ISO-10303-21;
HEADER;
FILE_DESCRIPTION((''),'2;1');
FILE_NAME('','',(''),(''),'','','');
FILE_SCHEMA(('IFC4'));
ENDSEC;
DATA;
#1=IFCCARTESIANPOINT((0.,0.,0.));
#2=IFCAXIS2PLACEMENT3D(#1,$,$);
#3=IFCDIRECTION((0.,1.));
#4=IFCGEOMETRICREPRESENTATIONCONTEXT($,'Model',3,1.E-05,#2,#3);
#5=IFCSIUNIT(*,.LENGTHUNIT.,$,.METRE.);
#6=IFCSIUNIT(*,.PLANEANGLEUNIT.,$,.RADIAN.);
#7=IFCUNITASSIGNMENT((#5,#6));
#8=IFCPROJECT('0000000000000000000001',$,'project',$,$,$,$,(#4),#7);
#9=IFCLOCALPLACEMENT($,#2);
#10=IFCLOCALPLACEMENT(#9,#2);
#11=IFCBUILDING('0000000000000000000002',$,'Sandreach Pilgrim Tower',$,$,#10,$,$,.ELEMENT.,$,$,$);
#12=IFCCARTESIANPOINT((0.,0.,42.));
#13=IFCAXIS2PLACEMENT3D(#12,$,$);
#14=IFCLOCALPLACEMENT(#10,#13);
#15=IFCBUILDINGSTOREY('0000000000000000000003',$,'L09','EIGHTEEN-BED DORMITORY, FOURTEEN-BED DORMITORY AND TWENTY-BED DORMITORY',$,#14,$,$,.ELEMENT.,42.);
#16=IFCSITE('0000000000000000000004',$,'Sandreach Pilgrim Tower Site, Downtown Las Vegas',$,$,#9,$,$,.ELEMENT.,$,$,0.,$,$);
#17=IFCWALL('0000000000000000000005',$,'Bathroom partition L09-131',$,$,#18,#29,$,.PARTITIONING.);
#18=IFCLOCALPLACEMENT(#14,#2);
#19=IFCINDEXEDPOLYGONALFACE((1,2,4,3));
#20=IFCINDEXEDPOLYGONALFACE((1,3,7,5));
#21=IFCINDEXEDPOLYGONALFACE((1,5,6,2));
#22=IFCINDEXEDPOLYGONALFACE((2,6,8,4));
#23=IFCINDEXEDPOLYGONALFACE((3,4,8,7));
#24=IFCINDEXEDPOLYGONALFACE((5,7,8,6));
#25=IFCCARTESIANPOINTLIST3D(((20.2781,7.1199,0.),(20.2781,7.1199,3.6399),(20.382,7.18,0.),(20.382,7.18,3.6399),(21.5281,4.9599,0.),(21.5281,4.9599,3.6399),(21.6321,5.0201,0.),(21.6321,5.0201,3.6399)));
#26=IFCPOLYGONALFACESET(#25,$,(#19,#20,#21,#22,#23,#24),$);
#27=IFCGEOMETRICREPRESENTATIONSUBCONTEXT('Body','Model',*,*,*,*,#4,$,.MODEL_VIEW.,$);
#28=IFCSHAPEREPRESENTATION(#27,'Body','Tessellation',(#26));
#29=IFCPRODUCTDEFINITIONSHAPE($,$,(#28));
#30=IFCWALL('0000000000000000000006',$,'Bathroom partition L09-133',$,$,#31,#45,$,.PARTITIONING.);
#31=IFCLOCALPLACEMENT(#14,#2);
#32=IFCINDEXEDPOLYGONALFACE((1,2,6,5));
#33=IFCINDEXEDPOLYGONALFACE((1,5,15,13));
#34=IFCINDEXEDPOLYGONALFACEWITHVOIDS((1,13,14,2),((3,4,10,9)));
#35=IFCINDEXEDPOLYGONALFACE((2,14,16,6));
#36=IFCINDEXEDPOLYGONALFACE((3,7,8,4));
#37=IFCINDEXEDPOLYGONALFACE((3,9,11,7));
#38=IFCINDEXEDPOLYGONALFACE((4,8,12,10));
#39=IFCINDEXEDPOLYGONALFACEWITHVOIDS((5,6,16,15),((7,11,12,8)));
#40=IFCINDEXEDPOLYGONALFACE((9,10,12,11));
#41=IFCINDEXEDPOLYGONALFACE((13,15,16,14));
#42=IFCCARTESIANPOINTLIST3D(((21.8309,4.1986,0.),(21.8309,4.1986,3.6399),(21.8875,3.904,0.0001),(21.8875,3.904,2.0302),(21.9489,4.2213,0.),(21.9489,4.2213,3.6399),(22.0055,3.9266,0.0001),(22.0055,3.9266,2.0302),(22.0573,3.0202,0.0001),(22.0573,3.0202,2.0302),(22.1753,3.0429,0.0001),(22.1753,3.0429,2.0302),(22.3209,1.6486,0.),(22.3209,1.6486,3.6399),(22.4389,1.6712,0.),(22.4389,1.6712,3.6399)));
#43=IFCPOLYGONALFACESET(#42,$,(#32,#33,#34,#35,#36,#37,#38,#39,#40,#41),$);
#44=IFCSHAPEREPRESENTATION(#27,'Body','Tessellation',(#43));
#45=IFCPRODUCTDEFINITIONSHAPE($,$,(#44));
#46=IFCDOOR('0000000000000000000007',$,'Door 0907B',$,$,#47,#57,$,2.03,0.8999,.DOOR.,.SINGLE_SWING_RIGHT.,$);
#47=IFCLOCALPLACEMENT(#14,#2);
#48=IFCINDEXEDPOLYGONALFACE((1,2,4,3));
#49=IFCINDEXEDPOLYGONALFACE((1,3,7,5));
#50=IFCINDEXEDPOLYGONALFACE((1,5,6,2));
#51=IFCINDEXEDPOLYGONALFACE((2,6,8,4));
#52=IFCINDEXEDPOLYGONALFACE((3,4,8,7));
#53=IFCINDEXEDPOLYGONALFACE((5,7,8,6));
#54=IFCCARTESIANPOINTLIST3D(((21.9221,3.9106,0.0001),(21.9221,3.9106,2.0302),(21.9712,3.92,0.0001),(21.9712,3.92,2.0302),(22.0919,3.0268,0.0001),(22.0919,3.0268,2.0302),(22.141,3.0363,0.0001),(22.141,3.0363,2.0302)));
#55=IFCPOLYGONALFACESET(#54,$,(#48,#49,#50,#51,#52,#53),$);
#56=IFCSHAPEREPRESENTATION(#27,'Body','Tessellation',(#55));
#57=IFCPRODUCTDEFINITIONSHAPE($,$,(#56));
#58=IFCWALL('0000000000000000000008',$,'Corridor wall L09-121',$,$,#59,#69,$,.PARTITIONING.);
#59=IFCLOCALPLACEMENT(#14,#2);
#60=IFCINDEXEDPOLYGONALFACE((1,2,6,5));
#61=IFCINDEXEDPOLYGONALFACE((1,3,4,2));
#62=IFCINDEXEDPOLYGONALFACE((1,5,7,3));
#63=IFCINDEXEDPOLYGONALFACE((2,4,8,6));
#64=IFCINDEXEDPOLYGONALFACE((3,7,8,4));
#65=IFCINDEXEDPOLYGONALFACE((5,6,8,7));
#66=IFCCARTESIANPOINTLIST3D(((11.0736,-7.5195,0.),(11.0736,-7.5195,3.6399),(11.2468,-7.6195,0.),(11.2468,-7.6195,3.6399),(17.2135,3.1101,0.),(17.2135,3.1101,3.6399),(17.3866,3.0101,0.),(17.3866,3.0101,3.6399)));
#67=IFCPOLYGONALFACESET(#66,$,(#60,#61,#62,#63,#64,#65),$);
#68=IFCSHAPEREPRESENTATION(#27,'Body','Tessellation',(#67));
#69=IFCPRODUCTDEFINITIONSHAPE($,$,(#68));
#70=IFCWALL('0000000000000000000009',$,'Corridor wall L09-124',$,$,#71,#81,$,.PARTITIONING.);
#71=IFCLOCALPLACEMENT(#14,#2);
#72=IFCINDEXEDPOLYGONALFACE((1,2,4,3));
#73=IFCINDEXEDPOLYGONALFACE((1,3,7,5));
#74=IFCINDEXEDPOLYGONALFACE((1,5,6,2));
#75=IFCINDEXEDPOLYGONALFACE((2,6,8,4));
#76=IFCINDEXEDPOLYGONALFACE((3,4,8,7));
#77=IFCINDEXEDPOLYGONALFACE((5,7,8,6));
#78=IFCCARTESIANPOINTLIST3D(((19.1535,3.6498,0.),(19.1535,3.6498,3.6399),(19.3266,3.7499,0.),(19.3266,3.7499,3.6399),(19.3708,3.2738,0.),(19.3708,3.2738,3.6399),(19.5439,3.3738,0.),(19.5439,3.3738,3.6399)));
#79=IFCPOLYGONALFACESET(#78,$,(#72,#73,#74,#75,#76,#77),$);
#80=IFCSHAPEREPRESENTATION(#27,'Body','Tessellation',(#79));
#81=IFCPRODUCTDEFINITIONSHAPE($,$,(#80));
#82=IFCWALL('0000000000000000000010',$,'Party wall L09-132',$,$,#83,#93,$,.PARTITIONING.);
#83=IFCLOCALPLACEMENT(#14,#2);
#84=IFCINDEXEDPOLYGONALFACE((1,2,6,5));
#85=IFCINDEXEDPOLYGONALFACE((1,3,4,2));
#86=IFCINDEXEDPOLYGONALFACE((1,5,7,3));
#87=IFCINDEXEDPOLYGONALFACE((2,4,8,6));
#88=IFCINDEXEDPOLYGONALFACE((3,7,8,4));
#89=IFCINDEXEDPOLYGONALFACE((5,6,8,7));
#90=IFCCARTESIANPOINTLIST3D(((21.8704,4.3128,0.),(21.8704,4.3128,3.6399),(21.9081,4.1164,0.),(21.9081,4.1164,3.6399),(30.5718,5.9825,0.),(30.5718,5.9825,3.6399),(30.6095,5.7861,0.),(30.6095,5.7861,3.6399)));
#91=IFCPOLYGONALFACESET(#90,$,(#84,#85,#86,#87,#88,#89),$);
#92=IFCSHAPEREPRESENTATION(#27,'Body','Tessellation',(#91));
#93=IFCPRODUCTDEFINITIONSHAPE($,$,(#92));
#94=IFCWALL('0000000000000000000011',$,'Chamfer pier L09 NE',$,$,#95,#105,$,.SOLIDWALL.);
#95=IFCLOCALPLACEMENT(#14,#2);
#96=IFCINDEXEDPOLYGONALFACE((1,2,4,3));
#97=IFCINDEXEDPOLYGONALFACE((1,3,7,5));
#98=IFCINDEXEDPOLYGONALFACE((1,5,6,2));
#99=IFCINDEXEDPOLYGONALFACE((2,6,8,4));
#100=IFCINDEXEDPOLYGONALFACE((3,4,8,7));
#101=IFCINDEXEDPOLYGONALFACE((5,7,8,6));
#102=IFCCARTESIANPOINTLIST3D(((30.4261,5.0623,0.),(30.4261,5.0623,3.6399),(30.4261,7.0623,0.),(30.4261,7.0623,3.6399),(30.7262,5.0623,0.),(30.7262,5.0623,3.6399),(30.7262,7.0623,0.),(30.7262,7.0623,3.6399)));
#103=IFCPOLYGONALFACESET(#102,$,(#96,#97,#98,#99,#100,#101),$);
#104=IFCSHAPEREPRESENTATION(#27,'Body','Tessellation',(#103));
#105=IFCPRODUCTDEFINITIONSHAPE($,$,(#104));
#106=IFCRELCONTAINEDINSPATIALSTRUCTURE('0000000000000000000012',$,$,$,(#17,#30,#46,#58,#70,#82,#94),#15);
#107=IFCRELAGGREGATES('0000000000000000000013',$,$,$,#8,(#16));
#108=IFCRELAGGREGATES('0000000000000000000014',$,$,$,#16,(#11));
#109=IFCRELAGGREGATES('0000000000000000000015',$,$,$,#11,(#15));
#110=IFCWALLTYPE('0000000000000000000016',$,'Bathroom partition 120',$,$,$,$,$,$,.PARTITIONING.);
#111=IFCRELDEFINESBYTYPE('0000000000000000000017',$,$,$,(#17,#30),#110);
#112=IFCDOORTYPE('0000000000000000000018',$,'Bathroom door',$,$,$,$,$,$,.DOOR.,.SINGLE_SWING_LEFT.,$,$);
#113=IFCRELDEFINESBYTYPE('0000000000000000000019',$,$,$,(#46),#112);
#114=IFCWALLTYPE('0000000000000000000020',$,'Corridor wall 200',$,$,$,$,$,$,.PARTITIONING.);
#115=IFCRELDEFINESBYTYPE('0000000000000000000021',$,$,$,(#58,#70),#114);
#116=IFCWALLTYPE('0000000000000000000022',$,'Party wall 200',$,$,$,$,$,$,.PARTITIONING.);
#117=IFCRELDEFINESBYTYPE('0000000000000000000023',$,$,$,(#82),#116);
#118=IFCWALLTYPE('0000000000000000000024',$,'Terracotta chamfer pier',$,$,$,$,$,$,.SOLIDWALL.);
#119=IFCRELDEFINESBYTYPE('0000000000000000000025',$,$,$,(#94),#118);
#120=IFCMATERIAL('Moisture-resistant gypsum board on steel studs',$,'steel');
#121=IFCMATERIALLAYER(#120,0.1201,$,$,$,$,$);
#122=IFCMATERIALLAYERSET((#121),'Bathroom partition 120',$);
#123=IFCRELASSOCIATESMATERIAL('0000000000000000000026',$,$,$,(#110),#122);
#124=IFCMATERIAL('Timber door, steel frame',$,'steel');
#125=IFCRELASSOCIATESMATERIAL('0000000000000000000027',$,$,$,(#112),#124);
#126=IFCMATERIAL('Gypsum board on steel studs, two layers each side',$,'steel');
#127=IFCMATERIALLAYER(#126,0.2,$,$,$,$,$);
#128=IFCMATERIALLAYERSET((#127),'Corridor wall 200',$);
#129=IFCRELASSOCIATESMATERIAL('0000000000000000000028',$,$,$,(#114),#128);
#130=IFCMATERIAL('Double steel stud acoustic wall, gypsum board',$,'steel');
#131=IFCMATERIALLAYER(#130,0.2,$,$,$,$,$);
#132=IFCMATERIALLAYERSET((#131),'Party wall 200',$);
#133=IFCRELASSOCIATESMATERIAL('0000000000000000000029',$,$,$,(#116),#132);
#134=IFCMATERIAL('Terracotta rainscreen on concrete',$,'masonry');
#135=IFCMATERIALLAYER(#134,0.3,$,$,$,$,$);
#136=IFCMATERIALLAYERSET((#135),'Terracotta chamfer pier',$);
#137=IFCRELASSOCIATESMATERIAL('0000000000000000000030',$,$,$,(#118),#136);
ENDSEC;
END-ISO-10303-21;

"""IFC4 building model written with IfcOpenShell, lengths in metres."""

from ifc_helpers import new_model, si_unit, direction, frame, frame_2d, origin, place, context, subcontext, project, spatial, rectangle, extrude, material, layer, layer_set, type_object, element, fill, save


model = new_model("IFC4")

# Units and contexts
model_context = context("Model", 3, precision=1e-05, world=origin(), true_north=direction((0.0, 1.0)))
body_context = subcontext(model_context, "Body", "Model", "MODEL_VIEW")
ifc_project = project(units=[si_unit("LENGTHUNIT", "METRE"), si_unit("PLANEANGLEUNIT", "RADIAN")], contexts=[model_context])

# Site, building, storey
site_placement = place(None, origin())
site = spatial("IfcSite", under=ifc_project, at=site_placement, Name="Sandreach Pilgrim Tower Site, Downtown Las Vegas", CompositionType="ELEMENT", RefElevation=0.0)
building_placement = place(site_placement, origin())
building = spatial("IfcBuilding", under=site, at=building_placement, Name="Sandreach Pilgrim Tower", CompositionType="ELEMENT")
storey_placement = place(building_placement, frame((0.0, 0.0, 42.0)))
storey = spatial("IfcBuildingStorey", under=building, at=storey_placement, Name="L09", Description="EIGHTEEN-BED DORMITORY, FOURTEEN-BED DORMITORY AND TWENTY-BED DORMITORY", CompositionType="ELEMENT", Elevation=42.0)

# Shared definitions
ifc_material_1 = material(Name="Moisture-resistant gypsum board on steel studs", Category="steel")
ifc_layer_1 = layer(ifc_material_1, 0.1201)
ifc_layer_set_1 = layer_set([ifc_layer_1], Name="Bathroom partition 120")
wall_type_1 = type_object("IfcWallType", Name="Bathroom partition 120", PredefinedType="PARTITIONING", material=ifc_layer_set_1)

# Shared definitions
ifc_material_2 = material(Name="Timber door, steel frame", Category="steel")
door_type_1 = type_object("IfcDoorType", Name="Bathroom door", OperationType="SINGLE_SWING_LEFT", PredefinedType="DOOR", material=ifc_material_2)

# Wall
wall_1_placement = place(storey_placement, frame((21.5801, 4.99, 0.0), z_axis=(0.0, 0.0, 1.0), x_axis=(-0.500894, 0.865509, 0.0)))
element("IfcWall", 1, at=wall_1_placement, inside=storey, type_object=wall_type_1, Name="Bathroom partition L09-131", PredefinedType="PARTITIONING", context=body_context, shape_type="SweptSolid", body=[
    extrude(rectangle(XDim=2.4956, YDim=0.1201, at=frame_2d((1.2478, 0.0))), origin(), (0.0, 0.0, 1.0), 3.6399),
])

# Wall, opening, door
wall_2_placement = place(storey_placement, frame((22.3799, 1.6599, 0.0), z_axis=(0.0, 0.0, 1.0), x_axis=(-0.188697, 0.982035, 0.0)))
wall_2 = element("IfcWall", 2, at=wall_2_placement, inside=storey, type_object=wall_type_1, Name="Bathroom partition L09-133", PredefinedType="PARTITIONING", context=body_context, shape_type="SweptSolid", body=[
    extrude(rectangle(XDim=2.5967, YDim=0.1201, at=frame_2d((1.2983, 0.0))), origin(), (0.0, 0.0, 1.0), 3.6399),
])
opening_1_placement = place(wall_2_placement, frame((1.3967, 0.0, 0.0)))
opening_1 = element("IfcOpeningElement", 3, at=opening_1_placement, cuts=wall_2, PredefinedType="OPENING", context=body_context, shape_type="SweptSolid", body=[
    extrude(rectangle(XDim=0.8999, YDim=2.03, at=frame_2d((0.45, 1.0151))), frame((0.0, 0.0601, 0.0), z_axis=(0.0, -1.0, 0.0), x_axis=(1.0, 0.0, 0.0)), (0.0, 0.0, 1.0), 0.1201),
])
door_1_placement = place(opening_1_placement, origin())
door_1 = element("IfcDoor", 4, at=door_1_placement, inside=storey, type_object=door_type_1, Name="Door 0907B", OperationType="SINGLE_SWING_RIGHT", OverallHeight=2.03, OverallWidth=0.8999, PredefinedType="DOOR", context=body_context, shape_type="SweptSolid", body=[
    extrude(rectangle(XDim=0.8999, YDim=2.03, at=frame_2d((0.45, 1.0151))), frame((0.0, 0.0249, 0.0), z_axis=(0.0, -1.0, 0.0), x_axis=(1.0, 0.0, 0.0)), (0.0, 0.0, 1.0), 0.05),
])
fill(opening_1, door_1)
ifc_material_3 = material(Name="Gypsum board on steel studs, two layers each side", Category="steel")
ifc_layer_2 = layer(ifc_material_3, 0.2)
ifc_layer_set_2 = layer_set([ifc_layer_2], Name="Corridor wall 200")
wall_type_2 = type_object("IfcWallType", Name="Corridor wall 200", PredefinedType="PARTITIONING", material=ifc_layer_set_2)

# Walls
wall_3_placement = place(storey_placement, frame((17.3, 3.0601, 0.0), z_axis=(0.0, 0.0, 1.0), x_axis=(-0.500175, -0.865924, 0.0)))
element("IfcWall", 5, at=wall_3_placement, inside=storey, type_object=wall_type_2, Name="Corridor wall L09-121", PredefinedType="PARTITIONING", context=body_context, shape_type="SweptSolid", body=[
    extrude(rectangle(XDim=12.2754, YDim=0.2, at=frame_2d((6.1377, 0.0))), origin(), (0.0, 0.0, 1.0), 3.6399),
])
wall_4_placement = place(storey_placement, frame((19.24, 3.7, 0.0), z_axis=(0.0, 0.0, 1.0), x_axis=(0.500371, -0.865811, 0.0)))
element("IfcWall", 6, at=wall_4_placement, inside=storey, type_object=wall_type_2, Name="Corridor wall L09-124", PredefinedType="PARTITIONING", context=body_context, shape_type="SweptSolid", body=[
    extrude(rectangle(XDim=0.4343, YDim=0.2, at=frame_2d((0.2173, 0.0))), origin(), (0.0, 0.0, 1.0), 3.6399),
])
ifc_material_4 = material(Name="Double steel stud acoustic wall, gypsum board", Category="steel")
ifc_layer_3 = layer(ifc_material_4, 0.2)
ifc_layer_set_3 = layer_set([ifc_layer_3], Name="Party wall 200")
wall_type_3 = type_object("IfcWallType", Name="Party wall 200", PredefinedType="PARTITIONING", material=ifc_layer_set_3)
wall_5_placement = place(storey_placement, frame((21.8892, 4.2146, 0.0), z_axis=(0.0, 0.0, 1.0), x_axis=(0.982083, 0.188448, 0.0)))
element("IfcWall", 7, at=wall_5_placement, inside=storey, type_object=wall_type_3, Name="Party wall L09-132", PredefinedType="PARTITIONING", context=body_context, shape_type="SweptSolid", body=[
    extrude(rectangle(XDim=8.8601, YDim=0.2, at=frame_2d((4.4302, 0.0))), origin(), (0.0, 0.0, 1.0), 3.6399),
])
ifc_material_5 = material(Name="Terracotta rainscreen on concrete", Category="masonry")
ifc_layer_4 = layer(ifc_material_5, 0.3)
ifc_layer_set_4 = layer_set([ifc_layer_4], Name="Terracotta chamfer pier")
wall_type_4 = type_object("IfcWallType", Name="Terracotta chamfer pier", PredefinedType="SOLIDWALL", material=ifc_layer_set_4)
wall_6_placement = place(storey_placement, frame((30.5762, 7.0623, 0.0), z_axis=(0.0, 0.0, 1.0), x_axis=(0.0, -1.0, 0.0)))
element("IfcWall", 8, at=wall_6_placement, inside=storey, type_object=wall_type_4, Name="Chamfer pier L09 NE", PredefinedType="SOLIDWALL", context=body_context, shape_type="SweptSolid", body=[
    extrude(rectangle(XDim=2.0, YDim=0.3, at=frame_2d((1.0, 0.0))), origin(), (0.0, 0.0, 1.0), 3.6399),
])

save(model, "model.ifc")
